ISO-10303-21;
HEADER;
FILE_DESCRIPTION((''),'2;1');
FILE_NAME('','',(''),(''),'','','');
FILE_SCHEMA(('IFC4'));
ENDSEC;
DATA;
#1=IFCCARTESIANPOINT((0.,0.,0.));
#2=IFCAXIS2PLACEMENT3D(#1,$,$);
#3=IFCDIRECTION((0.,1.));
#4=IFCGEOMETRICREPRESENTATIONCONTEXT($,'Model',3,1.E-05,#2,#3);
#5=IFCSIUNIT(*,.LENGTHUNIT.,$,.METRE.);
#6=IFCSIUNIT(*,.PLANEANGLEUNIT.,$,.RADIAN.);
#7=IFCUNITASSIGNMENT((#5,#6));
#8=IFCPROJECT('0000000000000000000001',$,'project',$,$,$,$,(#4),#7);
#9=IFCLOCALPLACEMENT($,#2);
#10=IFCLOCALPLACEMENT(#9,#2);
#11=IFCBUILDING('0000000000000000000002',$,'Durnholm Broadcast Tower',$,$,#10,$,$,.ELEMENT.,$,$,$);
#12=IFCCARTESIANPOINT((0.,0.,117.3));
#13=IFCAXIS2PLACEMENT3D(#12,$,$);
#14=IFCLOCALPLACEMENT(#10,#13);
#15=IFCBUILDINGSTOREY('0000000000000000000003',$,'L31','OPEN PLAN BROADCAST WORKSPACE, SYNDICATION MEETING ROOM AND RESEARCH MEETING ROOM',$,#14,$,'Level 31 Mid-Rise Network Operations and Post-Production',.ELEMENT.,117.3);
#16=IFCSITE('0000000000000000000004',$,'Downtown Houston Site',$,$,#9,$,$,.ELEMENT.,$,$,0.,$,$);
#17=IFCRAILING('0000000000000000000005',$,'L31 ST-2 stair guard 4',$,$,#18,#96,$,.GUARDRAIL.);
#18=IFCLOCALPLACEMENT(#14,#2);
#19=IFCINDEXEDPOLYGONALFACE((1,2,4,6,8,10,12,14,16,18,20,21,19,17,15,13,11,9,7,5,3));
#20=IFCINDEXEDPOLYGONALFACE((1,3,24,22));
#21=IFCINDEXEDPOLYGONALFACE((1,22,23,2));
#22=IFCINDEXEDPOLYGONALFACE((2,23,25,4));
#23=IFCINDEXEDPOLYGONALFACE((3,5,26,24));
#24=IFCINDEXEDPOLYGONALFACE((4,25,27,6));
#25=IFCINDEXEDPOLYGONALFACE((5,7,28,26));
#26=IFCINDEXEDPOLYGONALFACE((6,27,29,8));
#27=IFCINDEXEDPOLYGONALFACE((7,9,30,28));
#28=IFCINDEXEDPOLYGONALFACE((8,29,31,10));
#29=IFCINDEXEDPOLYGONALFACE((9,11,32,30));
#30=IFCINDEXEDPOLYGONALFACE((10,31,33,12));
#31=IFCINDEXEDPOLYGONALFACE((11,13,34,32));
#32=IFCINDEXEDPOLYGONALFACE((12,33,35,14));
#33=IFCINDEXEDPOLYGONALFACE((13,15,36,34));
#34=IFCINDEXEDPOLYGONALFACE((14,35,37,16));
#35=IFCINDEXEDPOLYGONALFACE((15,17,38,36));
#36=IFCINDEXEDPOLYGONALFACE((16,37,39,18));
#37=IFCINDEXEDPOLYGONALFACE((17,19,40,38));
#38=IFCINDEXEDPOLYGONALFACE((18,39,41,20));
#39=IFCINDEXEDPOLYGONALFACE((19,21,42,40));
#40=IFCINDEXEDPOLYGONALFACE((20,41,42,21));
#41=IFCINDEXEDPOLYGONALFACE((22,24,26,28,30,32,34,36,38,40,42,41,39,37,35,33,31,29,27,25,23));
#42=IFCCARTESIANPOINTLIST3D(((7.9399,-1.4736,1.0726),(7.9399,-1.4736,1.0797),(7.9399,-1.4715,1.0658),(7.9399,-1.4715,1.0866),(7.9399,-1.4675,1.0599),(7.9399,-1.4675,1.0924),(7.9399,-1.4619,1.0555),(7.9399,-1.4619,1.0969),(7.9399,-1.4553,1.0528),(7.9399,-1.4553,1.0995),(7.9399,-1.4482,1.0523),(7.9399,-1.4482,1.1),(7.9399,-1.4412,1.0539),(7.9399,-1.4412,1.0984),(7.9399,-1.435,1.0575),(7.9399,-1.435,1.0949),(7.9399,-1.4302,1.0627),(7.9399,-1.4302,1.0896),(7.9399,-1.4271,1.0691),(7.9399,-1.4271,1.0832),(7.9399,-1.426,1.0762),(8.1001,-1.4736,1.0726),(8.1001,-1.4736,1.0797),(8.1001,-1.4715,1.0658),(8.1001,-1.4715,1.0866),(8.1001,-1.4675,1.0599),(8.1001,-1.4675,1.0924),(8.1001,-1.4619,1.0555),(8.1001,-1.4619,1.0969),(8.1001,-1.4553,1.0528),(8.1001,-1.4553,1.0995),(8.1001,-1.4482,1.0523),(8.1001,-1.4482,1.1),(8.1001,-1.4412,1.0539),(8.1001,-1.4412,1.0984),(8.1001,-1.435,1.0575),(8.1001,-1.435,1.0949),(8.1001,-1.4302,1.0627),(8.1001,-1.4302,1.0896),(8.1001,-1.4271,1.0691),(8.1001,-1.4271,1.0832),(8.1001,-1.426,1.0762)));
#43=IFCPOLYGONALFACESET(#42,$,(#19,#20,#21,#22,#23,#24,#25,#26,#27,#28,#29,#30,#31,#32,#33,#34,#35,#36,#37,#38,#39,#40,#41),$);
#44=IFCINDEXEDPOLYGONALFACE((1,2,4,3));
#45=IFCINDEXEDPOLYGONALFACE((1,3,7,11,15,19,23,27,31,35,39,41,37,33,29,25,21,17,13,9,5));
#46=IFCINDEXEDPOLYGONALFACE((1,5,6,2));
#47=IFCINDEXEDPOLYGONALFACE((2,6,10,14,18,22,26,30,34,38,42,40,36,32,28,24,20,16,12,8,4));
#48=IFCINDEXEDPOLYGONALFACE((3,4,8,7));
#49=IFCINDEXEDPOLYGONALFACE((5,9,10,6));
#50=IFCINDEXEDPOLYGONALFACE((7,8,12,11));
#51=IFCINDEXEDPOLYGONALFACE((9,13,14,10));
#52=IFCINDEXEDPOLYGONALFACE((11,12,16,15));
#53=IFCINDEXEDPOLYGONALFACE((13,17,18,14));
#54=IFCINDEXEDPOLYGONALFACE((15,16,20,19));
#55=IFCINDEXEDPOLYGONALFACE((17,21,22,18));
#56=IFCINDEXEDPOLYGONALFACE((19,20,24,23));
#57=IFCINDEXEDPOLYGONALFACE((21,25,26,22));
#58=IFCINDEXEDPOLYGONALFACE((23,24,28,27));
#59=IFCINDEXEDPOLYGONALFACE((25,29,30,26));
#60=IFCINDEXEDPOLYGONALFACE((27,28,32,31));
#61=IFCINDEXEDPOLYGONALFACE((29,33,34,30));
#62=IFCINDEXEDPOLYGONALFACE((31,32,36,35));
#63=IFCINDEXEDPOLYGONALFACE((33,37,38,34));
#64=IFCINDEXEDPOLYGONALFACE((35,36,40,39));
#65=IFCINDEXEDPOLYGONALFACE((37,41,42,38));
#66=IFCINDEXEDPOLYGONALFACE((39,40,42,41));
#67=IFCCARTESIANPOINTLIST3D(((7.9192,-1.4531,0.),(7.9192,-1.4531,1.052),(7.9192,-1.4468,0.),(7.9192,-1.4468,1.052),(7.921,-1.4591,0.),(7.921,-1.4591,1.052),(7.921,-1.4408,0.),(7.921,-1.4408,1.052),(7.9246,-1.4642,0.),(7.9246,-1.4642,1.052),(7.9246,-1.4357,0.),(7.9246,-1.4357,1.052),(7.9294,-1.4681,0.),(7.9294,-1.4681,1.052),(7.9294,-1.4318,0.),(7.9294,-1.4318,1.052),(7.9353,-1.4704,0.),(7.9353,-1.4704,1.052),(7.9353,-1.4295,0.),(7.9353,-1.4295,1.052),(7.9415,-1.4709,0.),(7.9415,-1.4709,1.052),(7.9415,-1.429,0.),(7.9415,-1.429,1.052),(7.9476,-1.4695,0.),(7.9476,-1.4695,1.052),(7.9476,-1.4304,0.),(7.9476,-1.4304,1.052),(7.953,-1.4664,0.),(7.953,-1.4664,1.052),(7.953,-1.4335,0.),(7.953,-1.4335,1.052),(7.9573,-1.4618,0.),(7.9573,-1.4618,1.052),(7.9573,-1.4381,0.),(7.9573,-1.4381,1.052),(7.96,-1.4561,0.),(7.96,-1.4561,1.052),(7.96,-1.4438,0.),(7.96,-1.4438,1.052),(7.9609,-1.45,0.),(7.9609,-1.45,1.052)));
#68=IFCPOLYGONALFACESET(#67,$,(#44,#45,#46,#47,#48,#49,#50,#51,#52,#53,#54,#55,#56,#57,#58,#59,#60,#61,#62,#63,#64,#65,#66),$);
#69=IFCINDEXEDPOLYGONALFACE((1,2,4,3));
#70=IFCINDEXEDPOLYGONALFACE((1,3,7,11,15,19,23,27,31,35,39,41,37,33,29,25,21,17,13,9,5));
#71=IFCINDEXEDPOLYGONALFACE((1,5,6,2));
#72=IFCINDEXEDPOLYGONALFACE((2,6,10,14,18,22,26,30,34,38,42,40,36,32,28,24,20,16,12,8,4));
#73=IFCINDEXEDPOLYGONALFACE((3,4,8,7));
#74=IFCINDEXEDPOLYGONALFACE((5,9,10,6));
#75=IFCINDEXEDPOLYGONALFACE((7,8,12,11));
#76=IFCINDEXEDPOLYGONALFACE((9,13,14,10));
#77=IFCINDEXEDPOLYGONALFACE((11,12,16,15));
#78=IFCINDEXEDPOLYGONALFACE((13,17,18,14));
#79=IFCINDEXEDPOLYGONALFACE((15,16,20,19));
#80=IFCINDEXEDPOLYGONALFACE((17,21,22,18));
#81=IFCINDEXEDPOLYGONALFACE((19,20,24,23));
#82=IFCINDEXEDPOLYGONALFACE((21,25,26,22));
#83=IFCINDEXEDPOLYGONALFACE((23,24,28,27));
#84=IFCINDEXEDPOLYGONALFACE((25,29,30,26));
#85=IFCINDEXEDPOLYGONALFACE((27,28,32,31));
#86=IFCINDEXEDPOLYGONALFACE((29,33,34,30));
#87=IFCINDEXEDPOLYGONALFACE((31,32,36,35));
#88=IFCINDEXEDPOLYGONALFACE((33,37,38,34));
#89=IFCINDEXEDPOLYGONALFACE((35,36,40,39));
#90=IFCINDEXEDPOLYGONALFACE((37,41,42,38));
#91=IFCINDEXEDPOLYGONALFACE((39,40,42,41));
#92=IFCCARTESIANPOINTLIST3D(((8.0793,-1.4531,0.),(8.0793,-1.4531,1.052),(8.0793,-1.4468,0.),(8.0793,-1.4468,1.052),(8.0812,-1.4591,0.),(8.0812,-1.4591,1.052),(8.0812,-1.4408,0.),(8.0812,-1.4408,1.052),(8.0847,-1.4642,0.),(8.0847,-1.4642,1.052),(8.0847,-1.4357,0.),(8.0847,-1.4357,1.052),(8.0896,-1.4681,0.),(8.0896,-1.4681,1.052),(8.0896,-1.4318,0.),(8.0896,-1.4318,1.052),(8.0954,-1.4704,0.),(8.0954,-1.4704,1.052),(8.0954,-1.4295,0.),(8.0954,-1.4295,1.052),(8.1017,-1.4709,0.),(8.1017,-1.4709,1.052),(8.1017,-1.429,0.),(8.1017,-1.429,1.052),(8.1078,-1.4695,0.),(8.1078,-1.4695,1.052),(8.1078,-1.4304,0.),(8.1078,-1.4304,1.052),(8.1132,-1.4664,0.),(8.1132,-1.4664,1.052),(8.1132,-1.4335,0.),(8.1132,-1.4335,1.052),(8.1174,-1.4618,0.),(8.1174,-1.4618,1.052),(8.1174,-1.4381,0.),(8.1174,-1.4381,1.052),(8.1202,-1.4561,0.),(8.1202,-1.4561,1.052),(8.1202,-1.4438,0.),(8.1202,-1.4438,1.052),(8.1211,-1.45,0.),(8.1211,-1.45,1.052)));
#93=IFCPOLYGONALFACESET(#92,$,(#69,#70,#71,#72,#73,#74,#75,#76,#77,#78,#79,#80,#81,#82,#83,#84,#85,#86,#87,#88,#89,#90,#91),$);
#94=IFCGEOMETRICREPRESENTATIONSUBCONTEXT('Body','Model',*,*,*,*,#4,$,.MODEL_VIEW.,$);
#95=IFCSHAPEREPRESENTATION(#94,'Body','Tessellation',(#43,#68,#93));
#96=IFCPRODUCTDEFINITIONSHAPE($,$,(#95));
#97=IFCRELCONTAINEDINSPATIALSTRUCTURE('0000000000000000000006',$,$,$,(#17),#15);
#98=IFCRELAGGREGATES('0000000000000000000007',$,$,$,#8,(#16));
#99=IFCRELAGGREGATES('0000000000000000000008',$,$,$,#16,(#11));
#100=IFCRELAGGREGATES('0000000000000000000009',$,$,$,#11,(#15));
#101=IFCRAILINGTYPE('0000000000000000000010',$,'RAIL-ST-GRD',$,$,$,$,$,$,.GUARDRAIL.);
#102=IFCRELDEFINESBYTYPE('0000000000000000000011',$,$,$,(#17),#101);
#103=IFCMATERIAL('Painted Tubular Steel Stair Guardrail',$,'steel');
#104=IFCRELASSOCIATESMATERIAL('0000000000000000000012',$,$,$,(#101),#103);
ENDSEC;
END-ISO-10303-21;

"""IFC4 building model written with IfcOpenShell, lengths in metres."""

from ifc_helpers import new_model, si_unit, direction, frame, origin, origin_2d, place, context, subcontext, project, spatial, circle, extrude, material, type_object, element, save


model = new_model("IFC4")

# Units and contexts
model_context = context("Model", 3, precision=1e-05, world=origin(), true_north=direction((0.0, 1.0)))
body_context = subcontext(model_context, "Body", "Model", "MODEL_VIEW")
ifc_project = project(units=[si_unit("LENGTHUNIT", "METRE"), si_unit("PLANEANGLEUNIT", "RADIAN")], contexts=[model_context])

# Site, building, storey
site_placement = place(None, origin())
site = spatial("IfcSite", under=ifc_project, at=site_placement, Name="Downtown Houston Site", CompositionType="ELEMENT", RefElevation=0.0)
building_placement = place(site_placement, origin())
building = spatial("IfcBuilding", under=site, at=building_placement, Name="Durnholm Broadcast Tower", CompositionType="ELEMENT")
storey_placement = place(building_placement, frame((0.0, 0.0, 117.3)))
storey = spatial("IfcBuildingStorey", under=building, at=storey_placement, Name="L31", Description="OPEN PLAN BROADCAST WORKSPACE, SYNDICATION MEETING ROOM AND RESEARCH MEETING ROOM", LongName="Level 31 Mid-Rise Network Operations and Post-Production", CompositionType="ELEMENT", Elevation=117.3)

# Railing
ifc_material_1 = material(Name="Painted Tubular Steel Stair Guardrail", Category="steel")
railing_type_1 = type_object("IfcRailingType", Name="RAIL-ST-GRD", PredefinedType="GUARDRAIL", material=ifc_material_1)
railing_1_placement = place(storey_placement, frame((7.9399, -1.45, 0.0)))
element("IfcRailing", 1, at=railing_1_placement, inside=storey, type_object=railing_type_1, Name="L31 ST-2 stair guard 4", PredefinedType="GUARDRAIL", context=body_context, shape_type="SweptSolid", body=[
    extrude(circle(Radius=0.0239, at=origin_2d()), frame((0.0, 0.0, 1.0762), z_axis=(1.0, 0.0, 0.0), x_axis=(0.0, 1.0, 0.0)), (0.0, 0.0, 1.0), 0.1602),
    extrude(circle(Radius=0.021, at=origin_2d()), origin(), (0.0, 0.0, 1.0), 1.052),
    extrude(circle(Radius=0.021, at=origin_2d()), frame((0.1602, 0.0, 0.0)), (0.0, 0.0, 1.0), 1.052),
])

save(model, "model.ifc")
